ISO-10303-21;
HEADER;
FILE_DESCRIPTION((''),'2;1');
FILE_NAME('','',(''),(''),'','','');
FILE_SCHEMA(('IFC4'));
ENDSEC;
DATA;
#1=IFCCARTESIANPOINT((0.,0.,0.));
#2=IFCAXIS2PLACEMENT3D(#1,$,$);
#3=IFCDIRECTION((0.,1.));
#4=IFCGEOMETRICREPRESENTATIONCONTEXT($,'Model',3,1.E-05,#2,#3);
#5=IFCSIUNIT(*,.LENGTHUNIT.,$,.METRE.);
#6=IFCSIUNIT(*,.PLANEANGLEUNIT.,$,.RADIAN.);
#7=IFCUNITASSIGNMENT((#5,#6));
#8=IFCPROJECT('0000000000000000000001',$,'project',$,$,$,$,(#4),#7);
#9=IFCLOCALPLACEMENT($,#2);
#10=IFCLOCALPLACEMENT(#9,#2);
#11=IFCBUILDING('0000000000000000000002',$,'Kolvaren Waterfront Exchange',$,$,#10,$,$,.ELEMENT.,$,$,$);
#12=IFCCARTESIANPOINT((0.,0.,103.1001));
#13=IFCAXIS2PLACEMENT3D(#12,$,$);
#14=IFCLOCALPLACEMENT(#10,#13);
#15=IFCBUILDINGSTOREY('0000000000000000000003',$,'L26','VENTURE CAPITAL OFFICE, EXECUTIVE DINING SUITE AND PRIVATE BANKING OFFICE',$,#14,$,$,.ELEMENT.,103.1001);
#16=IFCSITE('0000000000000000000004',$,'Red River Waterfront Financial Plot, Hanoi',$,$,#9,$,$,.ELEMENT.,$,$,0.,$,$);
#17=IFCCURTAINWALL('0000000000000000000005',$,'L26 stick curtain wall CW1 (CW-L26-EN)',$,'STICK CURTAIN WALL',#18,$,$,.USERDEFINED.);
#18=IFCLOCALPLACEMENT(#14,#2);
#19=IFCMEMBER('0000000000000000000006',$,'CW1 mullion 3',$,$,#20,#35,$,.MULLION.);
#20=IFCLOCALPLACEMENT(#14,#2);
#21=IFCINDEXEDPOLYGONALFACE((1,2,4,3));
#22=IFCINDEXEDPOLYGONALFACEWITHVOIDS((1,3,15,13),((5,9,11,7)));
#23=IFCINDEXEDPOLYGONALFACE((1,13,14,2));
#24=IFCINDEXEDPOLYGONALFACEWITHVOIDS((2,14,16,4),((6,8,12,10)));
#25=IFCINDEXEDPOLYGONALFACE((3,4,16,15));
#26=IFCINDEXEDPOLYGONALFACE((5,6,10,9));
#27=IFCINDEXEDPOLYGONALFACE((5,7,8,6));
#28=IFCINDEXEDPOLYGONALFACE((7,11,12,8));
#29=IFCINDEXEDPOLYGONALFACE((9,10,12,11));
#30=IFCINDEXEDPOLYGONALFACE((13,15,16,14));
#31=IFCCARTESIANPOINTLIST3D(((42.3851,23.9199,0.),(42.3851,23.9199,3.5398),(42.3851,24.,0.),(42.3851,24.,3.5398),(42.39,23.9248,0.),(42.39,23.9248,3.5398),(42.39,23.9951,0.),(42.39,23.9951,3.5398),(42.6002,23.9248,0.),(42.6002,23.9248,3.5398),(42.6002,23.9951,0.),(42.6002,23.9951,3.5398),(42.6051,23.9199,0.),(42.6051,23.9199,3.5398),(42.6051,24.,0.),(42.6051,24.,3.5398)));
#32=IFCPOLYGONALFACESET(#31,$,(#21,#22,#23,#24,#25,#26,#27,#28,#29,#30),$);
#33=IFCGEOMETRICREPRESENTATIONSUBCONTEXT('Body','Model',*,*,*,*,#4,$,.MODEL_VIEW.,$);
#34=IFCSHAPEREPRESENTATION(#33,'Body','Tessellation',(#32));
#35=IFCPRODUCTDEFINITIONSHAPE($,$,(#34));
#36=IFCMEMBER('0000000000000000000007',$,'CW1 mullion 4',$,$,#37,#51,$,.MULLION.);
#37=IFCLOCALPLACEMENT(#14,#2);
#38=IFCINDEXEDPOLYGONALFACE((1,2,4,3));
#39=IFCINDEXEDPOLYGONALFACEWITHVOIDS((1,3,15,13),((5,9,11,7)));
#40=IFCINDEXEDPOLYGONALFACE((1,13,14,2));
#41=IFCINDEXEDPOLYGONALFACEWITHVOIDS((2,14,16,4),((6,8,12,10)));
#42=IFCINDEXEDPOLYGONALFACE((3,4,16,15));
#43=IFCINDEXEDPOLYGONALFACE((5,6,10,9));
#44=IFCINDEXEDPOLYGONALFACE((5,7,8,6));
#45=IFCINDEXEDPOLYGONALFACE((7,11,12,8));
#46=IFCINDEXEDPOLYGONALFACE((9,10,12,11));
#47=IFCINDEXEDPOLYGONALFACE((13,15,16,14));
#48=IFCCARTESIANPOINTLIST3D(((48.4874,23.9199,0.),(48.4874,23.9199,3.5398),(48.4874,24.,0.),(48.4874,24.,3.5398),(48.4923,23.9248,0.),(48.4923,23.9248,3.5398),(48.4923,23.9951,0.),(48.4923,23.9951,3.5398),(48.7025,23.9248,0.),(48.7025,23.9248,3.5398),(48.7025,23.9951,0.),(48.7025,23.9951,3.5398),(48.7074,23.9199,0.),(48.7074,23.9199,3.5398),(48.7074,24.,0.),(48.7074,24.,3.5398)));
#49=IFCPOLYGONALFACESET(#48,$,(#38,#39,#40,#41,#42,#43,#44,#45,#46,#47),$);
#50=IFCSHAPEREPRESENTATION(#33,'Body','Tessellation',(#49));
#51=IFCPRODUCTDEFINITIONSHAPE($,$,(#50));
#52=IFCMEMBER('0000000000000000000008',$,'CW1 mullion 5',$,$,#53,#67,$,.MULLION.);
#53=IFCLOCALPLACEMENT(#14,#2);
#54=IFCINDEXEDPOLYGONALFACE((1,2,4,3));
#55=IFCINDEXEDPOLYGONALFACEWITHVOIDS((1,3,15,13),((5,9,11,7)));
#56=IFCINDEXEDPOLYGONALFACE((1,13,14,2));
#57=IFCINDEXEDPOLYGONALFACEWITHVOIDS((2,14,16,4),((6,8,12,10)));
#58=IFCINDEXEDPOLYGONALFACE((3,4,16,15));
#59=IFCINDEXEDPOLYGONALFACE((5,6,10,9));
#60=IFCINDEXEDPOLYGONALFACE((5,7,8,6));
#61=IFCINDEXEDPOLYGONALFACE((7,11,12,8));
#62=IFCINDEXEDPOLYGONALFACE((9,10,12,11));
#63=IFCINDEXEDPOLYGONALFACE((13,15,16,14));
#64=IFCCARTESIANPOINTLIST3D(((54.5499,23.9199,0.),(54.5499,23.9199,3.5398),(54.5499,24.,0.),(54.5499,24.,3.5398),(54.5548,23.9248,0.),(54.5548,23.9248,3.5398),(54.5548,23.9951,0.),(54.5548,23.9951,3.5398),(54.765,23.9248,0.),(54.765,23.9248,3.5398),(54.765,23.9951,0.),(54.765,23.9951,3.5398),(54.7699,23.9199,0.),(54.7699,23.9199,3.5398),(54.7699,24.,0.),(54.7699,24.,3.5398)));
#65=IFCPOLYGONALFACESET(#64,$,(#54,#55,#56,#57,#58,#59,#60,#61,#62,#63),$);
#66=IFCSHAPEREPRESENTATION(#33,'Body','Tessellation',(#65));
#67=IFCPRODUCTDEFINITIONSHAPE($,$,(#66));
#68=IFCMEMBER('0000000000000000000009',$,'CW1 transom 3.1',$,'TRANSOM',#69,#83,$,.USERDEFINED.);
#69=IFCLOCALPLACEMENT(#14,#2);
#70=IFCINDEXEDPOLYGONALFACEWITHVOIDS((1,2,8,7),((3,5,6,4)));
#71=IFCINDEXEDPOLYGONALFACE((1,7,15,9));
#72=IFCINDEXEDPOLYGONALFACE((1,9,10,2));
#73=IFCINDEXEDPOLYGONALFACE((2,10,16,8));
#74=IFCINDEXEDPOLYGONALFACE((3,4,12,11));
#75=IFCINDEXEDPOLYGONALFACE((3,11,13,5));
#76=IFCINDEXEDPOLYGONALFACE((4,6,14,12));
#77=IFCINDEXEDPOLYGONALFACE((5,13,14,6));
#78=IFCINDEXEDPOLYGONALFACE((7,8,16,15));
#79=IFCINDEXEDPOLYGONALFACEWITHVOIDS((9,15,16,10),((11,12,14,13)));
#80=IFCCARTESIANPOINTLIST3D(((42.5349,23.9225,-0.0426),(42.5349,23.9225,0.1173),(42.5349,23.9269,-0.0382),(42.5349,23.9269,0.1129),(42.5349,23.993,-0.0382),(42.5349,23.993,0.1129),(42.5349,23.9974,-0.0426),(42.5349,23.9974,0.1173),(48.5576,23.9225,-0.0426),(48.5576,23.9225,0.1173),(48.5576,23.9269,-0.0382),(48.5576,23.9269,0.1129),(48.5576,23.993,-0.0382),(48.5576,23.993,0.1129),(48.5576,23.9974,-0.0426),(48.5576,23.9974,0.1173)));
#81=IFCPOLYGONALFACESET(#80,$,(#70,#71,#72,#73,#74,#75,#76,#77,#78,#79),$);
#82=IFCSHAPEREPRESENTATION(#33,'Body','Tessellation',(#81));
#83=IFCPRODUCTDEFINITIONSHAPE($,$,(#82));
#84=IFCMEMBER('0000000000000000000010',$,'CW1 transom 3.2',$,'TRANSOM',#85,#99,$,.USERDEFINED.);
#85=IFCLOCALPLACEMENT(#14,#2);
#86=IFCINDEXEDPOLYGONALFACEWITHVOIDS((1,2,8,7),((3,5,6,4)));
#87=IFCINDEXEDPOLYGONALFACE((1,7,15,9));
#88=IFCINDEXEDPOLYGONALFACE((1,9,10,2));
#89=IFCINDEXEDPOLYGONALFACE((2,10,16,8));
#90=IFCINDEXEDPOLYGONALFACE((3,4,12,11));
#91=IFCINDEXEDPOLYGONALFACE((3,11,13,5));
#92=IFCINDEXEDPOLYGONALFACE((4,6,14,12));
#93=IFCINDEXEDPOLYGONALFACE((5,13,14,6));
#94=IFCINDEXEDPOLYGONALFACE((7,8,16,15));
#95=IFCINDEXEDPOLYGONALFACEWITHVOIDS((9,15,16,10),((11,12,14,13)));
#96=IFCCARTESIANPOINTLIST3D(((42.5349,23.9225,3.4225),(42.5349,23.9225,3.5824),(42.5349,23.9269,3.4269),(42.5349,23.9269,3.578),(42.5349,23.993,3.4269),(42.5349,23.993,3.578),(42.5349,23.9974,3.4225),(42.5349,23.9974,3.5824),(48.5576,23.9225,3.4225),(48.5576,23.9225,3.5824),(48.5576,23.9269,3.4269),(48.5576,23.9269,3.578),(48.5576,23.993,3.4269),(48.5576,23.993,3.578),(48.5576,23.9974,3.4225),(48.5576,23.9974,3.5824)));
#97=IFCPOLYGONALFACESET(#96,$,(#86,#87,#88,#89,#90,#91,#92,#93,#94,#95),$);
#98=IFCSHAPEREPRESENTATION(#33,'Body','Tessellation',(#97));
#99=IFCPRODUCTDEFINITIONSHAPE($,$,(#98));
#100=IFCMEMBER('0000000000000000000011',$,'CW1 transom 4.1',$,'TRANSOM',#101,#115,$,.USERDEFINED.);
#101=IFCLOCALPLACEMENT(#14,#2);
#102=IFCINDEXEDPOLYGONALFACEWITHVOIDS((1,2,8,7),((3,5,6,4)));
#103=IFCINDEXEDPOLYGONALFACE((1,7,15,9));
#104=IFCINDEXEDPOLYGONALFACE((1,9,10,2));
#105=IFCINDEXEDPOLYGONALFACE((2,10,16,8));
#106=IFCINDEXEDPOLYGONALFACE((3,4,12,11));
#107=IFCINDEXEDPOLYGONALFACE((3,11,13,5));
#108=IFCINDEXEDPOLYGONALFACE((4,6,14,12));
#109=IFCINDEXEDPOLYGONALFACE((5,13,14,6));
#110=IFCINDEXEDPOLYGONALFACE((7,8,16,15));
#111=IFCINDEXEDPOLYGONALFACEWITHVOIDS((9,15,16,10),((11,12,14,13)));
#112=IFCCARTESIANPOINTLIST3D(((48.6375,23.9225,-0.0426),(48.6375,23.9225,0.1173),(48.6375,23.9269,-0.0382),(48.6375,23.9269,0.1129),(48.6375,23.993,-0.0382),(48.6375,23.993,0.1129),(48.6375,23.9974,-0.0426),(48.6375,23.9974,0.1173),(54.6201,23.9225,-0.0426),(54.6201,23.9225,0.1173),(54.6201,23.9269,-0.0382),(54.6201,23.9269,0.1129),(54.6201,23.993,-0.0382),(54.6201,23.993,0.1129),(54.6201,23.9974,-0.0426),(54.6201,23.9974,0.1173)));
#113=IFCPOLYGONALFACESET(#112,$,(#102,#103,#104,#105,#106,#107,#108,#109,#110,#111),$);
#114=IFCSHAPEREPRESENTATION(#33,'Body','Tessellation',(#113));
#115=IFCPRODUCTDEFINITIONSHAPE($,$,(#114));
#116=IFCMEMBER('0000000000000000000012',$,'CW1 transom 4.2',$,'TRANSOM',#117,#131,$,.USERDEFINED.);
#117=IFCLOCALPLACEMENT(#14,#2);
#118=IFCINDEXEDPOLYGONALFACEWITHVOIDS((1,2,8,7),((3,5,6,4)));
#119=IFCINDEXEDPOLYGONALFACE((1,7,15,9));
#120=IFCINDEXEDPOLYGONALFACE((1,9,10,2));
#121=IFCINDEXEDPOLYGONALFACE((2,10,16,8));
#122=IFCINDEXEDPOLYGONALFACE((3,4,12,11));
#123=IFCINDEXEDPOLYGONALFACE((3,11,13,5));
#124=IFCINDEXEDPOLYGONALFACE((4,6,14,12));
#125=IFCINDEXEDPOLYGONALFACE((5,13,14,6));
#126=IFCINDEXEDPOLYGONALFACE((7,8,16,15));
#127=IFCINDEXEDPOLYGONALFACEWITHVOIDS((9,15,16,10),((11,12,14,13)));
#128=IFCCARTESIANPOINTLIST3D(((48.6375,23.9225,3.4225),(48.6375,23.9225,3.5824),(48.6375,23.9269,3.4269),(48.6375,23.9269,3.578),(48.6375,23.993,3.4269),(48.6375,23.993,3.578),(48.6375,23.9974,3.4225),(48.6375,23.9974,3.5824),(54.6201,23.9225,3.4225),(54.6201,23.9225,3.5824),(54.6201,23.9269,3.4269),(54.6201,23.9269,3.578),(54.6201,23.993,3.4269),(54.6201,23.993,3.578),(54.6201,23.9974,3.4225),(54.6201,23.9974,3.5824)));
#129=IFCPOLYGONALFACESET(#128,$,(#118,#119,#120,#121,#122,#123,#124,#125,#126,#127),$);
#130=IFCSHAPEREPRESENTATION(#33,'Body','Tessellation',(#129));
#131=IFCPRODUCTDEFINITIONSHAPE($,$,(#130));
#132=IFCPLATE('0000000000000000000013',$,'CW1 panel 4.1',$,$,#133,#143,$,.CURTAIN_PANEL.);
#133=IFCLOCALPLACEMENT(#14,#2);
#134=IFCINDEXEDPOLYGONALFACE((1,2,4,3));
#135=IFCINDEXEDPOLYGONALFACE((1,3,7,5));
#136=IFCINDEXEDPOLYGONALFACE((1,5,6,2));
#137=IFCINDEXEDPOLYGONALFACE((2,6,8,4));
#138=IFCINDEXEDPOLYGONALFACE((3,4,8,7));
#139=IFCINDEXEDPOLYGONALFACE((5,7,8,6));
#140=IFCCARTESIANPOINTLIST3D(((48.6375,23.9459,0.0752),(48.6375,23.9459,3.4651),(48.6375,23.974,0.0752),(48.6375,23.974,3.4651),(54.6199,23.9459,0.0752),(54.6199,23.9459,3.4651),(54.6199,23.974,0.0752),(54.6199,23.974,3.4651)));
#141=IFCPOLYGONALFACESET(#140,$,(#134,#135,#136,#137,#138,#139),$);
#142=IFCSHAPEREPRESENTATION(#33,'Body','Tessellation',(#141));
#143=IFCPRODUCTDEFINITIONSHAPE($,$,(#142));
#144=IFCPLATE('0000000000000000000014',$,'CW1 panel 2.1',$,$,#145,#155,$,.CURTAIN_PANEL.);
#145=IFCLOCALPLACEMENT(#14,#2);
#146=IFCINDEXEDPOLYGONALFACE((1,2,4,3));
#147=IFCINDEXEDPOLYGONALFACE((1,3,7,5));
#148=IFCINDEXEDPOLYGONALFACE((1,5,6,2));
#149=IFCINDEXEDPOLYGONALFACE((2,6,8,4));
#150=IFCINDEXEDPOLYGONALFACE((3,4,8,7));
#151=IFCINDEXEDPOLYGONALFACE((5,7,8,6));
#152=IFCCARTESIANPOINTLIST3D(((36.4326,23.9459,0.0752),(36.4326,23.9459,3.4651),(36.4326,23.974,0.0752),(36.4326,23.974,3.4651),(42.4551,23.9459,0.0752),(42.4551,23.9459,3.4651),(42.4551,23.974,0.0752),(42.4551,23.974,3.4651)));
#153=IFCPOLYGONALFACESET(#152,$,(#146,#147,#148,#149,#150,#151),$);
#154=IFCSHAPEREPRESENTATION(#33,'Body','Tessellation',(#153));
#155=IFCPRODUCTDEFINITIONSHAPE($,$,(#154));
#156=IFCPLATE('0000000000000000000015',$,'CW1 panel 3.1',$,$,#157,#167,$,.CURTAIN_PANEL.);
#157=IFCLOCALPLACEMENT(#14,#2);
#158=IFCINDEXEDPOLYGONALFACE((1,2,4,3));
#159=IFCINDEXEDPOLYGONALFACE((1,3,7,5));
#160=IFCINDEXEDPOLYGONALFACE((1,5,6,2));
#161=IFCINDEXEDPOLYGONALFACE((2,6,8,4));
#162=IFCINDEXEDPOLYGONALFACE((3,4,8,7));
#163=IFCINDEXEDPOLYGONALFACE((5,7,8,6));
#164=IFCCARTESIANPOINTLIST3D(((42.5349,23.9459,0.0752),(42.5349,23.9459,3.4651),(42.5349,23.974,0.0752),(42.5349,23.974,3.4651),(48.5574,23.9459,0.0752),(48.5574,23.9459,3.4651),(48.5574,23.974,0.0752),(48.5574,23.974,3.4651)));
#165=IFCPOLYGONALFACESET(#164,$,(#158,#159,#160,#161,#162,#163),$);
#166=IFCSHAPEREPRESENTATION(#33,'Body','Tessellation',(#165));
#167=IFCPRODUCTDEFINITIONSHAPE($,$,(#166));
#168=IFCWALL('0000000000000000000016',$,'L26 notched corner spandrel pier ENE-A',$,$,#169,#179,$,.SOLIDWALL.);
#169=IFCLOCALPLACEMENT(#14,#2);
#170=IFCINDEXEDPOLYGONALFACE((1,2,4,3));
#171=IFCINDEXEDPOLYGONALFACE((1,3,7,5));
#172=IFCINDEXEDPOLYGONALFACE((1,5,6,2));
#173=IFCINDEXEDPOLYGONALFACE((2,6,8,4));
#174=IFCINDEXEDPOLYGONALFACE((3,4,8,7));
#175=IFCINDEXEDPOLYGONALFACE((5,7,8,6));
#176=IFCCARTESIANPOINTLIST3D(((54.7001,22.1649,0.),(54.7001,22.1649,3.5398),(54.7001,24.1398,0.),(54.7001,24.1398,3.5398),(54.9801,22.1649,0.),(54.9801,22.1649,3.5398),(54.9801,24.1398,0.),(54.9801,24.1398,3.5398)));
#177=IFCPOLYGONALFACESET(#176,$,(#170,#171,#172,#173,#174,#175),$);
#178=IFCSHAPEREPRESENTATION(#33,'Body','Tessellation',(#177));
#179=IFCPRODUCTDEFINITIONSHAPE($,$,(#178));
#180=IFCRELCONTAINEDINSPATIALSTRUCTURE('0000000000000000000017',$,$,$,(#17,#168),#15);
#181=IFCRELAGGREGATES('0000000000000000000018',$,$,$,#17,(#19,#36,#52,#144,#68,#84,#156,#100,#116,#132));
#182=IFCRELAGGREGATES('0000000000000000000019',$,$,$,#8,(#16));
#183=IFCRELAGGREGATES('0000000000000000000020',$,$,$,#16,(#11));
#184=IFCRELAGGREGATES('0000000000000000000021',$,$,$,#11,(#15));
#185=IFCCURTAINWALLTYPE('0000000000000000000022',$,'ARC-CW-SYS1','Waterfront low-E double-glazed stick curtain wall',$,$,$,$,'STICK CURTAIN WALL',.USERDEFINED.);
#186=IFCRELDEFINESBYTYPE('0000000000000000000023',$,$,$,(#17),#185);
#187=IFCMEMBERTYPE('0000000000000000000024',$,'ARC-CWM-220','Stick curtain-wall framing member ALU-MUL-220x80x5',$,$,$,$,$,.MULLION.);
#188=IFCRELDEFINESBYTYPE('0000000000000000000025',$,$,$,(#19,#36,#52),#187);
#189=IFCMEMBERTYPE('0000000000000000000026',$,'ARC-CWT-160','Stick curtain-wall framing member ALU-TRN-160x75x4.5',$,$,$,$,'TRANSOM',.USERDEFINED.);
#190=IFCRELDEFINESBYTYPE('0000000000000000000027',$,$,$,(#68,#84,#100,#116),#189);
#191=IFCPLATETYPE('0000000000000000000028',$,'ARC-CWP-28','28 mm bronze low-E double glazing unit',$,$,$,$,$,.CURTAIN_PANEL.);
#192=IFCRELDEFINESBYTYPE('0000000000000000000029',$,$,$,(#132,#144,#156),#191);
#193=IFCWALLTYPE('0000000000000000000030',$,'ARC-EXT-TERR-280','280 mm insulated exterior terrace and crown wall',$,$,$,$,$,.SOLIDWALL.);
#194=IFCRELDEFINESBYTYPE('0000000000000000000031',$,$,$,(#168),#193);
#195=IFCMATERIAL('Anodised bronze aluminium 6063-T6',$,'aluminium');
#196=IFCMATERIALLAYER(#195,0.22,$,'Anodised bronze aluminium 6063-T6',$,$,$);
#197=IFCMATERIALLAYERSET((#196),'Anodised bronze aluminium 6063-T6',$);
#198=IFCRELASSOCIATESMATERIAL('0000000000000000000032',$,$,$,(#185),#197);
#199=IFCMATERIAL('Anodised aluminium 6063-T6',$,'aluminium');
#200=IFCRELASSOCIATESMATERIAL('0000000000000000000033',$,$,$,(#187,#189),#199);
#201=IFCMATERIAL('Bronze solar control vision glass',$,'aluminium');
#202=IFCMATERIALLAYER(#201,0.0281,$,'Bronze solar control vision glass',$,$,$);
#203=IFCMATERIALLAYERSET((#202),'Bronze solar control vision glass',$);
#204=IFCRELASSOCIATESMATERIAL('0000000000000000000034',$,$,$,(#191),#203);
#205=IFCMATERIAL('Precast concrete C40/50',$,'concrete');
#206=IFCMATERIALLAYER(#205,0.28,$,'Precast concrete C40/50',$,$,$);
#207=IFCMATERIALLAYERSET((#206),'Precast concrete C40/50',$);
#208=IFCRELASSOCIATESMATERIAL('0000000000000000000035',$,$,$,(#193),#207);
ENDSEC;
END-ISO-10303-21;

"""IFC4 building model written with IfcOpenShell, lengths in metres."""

from ifc_helpers import new_model, si_unit, direction, frame, frame_2d, origin, origin_with_axes, origin_2d, place, context, subcontext, project, spatial, rectangle, hollow_rectangle, extrude, source, transform, mapped, material, layer, layer_set, material_profile, profile_set, type_object, element, aggregate, save


model = new_model("IFC4")

# Units and contexts
model_context = context("Model", 3, precision=1e-05, world=origin(), true_north=direction((0.0, 1.0)))
body_context = subcontext(model_context, "Body", "Model", "MODEL_VIEW")
ifc_project = project(units=[si_unit("LENGTHUNIT", "METRE"), si_unit("PLANEANGLEUNIT", "RADIAN")], contexts=[model_context])

# Site, building, storey
site_placement = place(None, origin())
site = spatial("IfcSite", under=ifc_project, at=site_placement, Name="Red River Waterfront Financial Plot, Hanoi", CompositionType="ELEMENT", RefElevation=0.0)
building_placement = place(site_placement, origin())
building = spatial("IfcBuilding", under=site, at=building_placement, Name="Kolvaren Waterfront Exchange", CompositionType="ELEMENT")
storey_placement = place(building_placement, frame((0.0, 0.0, 103.1001)))
storey = spatial("IfcBuildingStorey", under=building, at=storey_placement, Name="L26", Description="VENTURE CAPITAL OFFICE, EXECUTIVE DINING SUITE AND PRIVATE BANKING OFFICE", CompositionType="ELEMENT", Elevation=103.1001)

# Curtain wall, members, plates
ifc_material_1 = material(Name="Anodised bronze aluminium 6063-T6", Category="aluminium")
ifc_layer_1 = layer(ifc_material_1, 0.22, Name="Anodised bronze aluminium 6063-T6")
ifc_layer_set_1 = layer_set([ifc_layer_1], Name="Anodised bronze aluminium 6063-T6")
curtain_wall_type = type_object("IfcCurtainWallType", Name="ARC-CW-SYS1", Description="Waterfront low-E double-glazed stick curtain wall", ElementType="STICK CURTAIN WALL", PredefinedType="USERDEFINED", material=ifc_layer_set_1)
curtain_wall_placement = place(storey_placement, origin())
curtain_wall = element("IfcCurtainWall", 1, at=curtain_wall_placement, inside=storey, type_object=curtain_wall_type, Name="L26 stick curtain wall CW1 (CW-L26-EN)", ObjectType="STICK CURTAIN WALL", PredefinedType="USERDEFINED")
ifc_material_2 = material(Name="Anodised aluminium 6063-T6", Category="aluminium")
ifc_material_profile_1 = material_profile(ifc_material_2, hollow_rectangle(XDim=0.0801, YDim=0.22, WallThickness=0.0049, at=origin_2d()), Name="ALU-MUL-220x80x5")
ifc_profile_set_1 = profile_set([ifc_material_profile_1], Name="Anodised aluminium 6063-T6")
member_type_1 = type_object("IfcMemberType", Name="ARC-CWM-220", Description="Stick curtain-wall framing member ALU-MUL-220x80x5", PredefinedType="MULLION", material=ifc_profile_set_1)
shared_shape_1 = source(origin_with_axes(), body_context, "Body", "SweptSolid", [
    extrude(hollow_rectangle(XDim=0.0801, YDim=0.22, WallThickness=0.0049, at=origin_2d()), origin(), (0.0, 0.0, 1.0), 3.5398),
])
member_1_placement = place(storey_placement, frame((42.4951, 23.96, 0.0), z_axis=(0.0, 0.0, 1.0), x_axis=(0.0, 1.0, 0.0)))
member_1 = element("IfcMember", 2, at=member_1_placement, type_object=member_type_1, Name="CW1 mullion 3", PredefinedType="MULLION", context=body_context, shape_type="MappedRepresentation", body=[
    mapped(shared_shape_1, transform((0.0, 0.0, 0.0), x_axis=(1.0, 0.0, 0.0), y_axis=(0.0, 1.0, 0.0), z_axis=(0.0, 0.0, 1.0), scale=1.0)),
])
member_2_placement = place(storey_placement, frame((48.5974, 23.96, 0.0), z_axis=(0.0, 0.0, 1.0), x_axis=(0.0, 1.0, 0.0)))
member_2 = element("IfcMember", 3, at=member_2_placement, type_object=member_type_1, Name="CW1 mullion 4", PredefinedType="MULLION", context=body_context, shape_type="MappedRepresentation", body=[
    mapped(shared_shape_1, transform((0.0, 0.0, 0.0), x_axis=(1.0, 0.0, 0.0), y_axis=(0.0, 1.0, 0.0), z_axis=(0.0, 0.0, 1.0), scale=1.0)),
])
member_3_placement = place(storey_placement, frame((54.6599, 23.96, 0.0), z_axis=(0.0, 0.0, 1.0), x_axis=(0.0, 1.0, 0.0)))
member_3 = element("IfcMember", 4, at=member_3_placement, type_object=member_type_1, Name="CW1 mullion 5", PredefinedType="MULLION", context=body_context, shape_type="MappedRepresentation", body=[
    mapped(shared_shape_1, transform((0.0, 0.0, 0.0), x_axis=(1.0, 0.0, 0.0), y_axis=(0.0, 1.0, 0.0), z_axis=(0.0, 0.0, 1.0), scale=1.0)),
])
ifc_material_profile_2 = material_profile(ifc_material_2, hollow_rectangle(XDim=0.075, YDim=0.1599, WallThickness=0.0044, at=origin_2d()), Name="ALU-TRN-160x75x4.5")
ifc_profile_set_2 = profile_set([ifc_material_profile_2], Name="Anodised aluminium 6063-T6")
member_type_2 = type_object("IfcMemberType", Name="ARC-CWT-160", Description="Stick curtain-wall framing member ALU-TRN-160x75x4.5", ElementType="TRANSOM", PredefinedType="USERDEFINED", material=ifc_profile_set_2)
shared_shape_2 = source(origin_with_axes(), body_context, "Body", "SweptSolid", [
    extrude(hollow_rectangle(XDim=0.075, YDim=0.1599, WallThickness=0.0044, at=origin_2d()), origin(), (0.0, 0.0, 1.0), 6.0227),
])
member_4_placement = place(storey_placement, frame((42.5349, 23.96, 0.0374), z_axis=(1.0, 0.0, 0.0), x_axis=(0.0, 1.0, 0.0)))
member_4 = element("IfcMember", 5, at=member_4_placement, type_object=member_type_2, Name="CW1 transom 3.1", ObjectType="TRANSOM", PredefinedType="USERDEFINED", context=body_context, shape_type="MappedRepresentation", body=[
    mapped(shared_shape_2, transform((0.0, 0.0, 0.0), x_axis=(1.0, 0.0, 0.0), y_axis=(0.0, 1.0, 0.0), z_axis=(0.0, 0.0, 1.0), scale=1.0)),
])
member_5_placement = place(storey_placement, frame((42.5349, 23.96, 3.5024), z_axis=(1.0, 0.0, 0.0), x_axis=(0.0, 1.0, 0.0)))
member_5 = element("IfcMember", 6, at=member_5_placement, type_object=member_type_2, Name="CW1 transom 3.2", ObjectType="TRANSOM", PredefinedType="USERDEFINED", context=body_context, shape_type="MappedRepresentation", body=[
    mapped(shared_shape_2, transform((0.0, 0.0, 0.0), x_axis=(1.0, 0.0, 0.0), y_axis=(0.0, 1.0, 0.0), z_axis=(0.0, 0.0, 1.0), scale=1.0)),
])
shared_shape_3 = source(origin_with_axes(), body_context, "Body", "SweptSolid", [
    extrude(hollow_rectangle(XDim=0.075, YDim=0.1599, WallThickness=0.0044, at=origin_2d()), origin(), (0.0, 0.0, 1.0), 5.9827),
])
member_6_placement = place(storey_placement, frame((48.6375, 23.96, 0.0374), z_axis=(1.0, 0.0, 0.0), x_axis=(0.0, 1.0, 0.0)))
member_6 = element("IfcMember", 7, at=member_6_placement, type_object=member_type_2, Name="CW1 transom 4.1", ObjectType="TRANSOM", PredefinedType="USERDEFINED", context=body_context, shape_type="MappedRepresentation", body=[
    mapped(shared_shape_3, transform((0.0, 0.0, 0.0), x_axis=(1.0, 0.0, 0.0), y_axis=(0.0, 1.0, 0.0), z_axis=(0.0, 0.0, 1.0), scale=1.0)),
])
member_7_placement = place(storey_placement, frame((48.6375, 23.96, 3.5024), z_axis=(1.0, 0.0, 0.0), x_axis=(0.0, 1.0, 0.0)))
member_7 = element("IfcMember", 8, at=member_7_placement, type_object=member_type_2, Name="CW1 transom 4.2", ObjectType="TRANSOM", PredefinedType="USERDEFINED", context=body_context, shape_type="MappedRepresentation", body=[
    mapped(shared_shape_3, transform((0.0, 0.0, 0.0), x_axis=(1.0, 0.0, 0.0), y_axis=(0.0, 1.0, 0.0), z_axis=(0.0, 0.0, 1.0), scale=1.0)),
])
ifc_material_3 = material(Name="Bronze solar control vision glass", Category="aluminium")
ifc_layer_2 = layer(ifc_material_3, 0.0281, Name="Bronze solar control vision glass")
ifc_layer_set_2 = layer_set([ifc_layer_2], Name="Bronze solar control vision glass")
plate_type = type_object("IfcPlateType", Name="ARC-CWP-28", Description="28 mm bronze low-E double glazing unit", PredefinedType="CURTAIN_PANEL", material=ifc_layer_set_2)
shared_shape_4 = source(origin_with_axes(), body_context, "Body", "SweptSolid", [
    extrude(rectangle(XDim=5.9824, YDim=0.0281, at=origin_2d()), origin(), (0.0, 0.0, 1.0), 3.3899),
])
plate_1_placement = place(storey_placement, frame((51.6287, 23.96, 0.0752), z_axis=(0.0, 0.0, 1.0), x_axis=(1.0, 0.0, 0.0)))
plate_1 = element("IfcPlate", 9, at=plate_1_placement, type_object=plate_type, Name="CW1 panel 4.1", PredefinedType="CURTAIN_PANEL", context=body_context, shape_type="MappedRepresentation", body=[
    mapped(shared_shape_4, transform((0.0, 0.0, 0.0), x_axis=(1.0, 0.0, 0.0), y_axis=(0.0, 1.0, 0.0), z_axis=(0.0, 0.0, 1.0), scale=1.0)),
])
shared_shape_5 = source(origin_with_axes(), body_context, "Body", "SweptSolid", [
    extrude(rectangle(XDim=6.0225, YDim=0.0281, at=origin_2d()), origin(), (0.0, 0.0, 1.0), 3.3899),
])
plate_2_placement = place(storey_placement, frame((39.4438, 23.96, 0.0752), z_axis=(0.0, 0.0, 1.0), x_axis=(1.0, 0.0, 0.0)))
plate_2 = element("IfcPlate", 10, at=plate_2_placement, type_object=plate_type, Name="CW1 panel 2.1", PredefinedType="CURTAIN_PANEL", context=body_context, shape_type="MappedRepresentation", body=[
    mapped(shared_shape_5, transform((0.0, 0.0, 0.0), x_axis=(1.0, 0.0, 0.0), y_axis=(0.0, 1.0, 0.0), z_axis=(0.0, 0.0, 1.0), scale=1.0)),
])
plate_3_placement = place(storey_placement, frame((45.5461, 23.96, 0.0752), z_axis=(0.0, 0.0, 1.0), x_axis=(1.0, 0.0, 0.0)))
plate_3 = element("IfcPlate", 11, at=plate_3_placement, type_object=plate_type, Name="CW1 panel 3.1", PredefinedType="CURTAIN_PANEL", context=body_context, shape_type="MappedRepresentation", body=[
    mapped(shared_shape_5, transform((0.0, 0.0, 0.0), x_axis=(1.0, 0.0, 0.0), y_axis=(0.0, 1.0, 0.0), z_axis=(0.0, 0.0, 1.0), scale=1.0)),
])
aggregate(curtain_wall, [member_1, member_2, member_3, plate_2, member_4, member_5, plate_3, member_6, member_7, plate_1])

# Wall
ifc_material_4 = material(Name="Precast concrete C40/50", Category="concrete")
ifc_layer_3 = layer(ifc_material_4, 0.28, Name="Precast concrete C40/50")
ifc_layer_set_3 = layer_set([ifc_layer_3], Name="Precast concrete C40/50")
wall_type_1 = type_object("IfcWallType", Name="ARC-EXT-TERR-280", Description="280 mm insulated exterior terrace and crown wall", PredefinedType="SOLIDWALL", material=ifc_layer_set_3)
wall_1_placement = place(storey_placement, frame((54.8401, 22.165, 0.0), z_axis=(0.0, 0.0, 1.0), x_axis=(0.0, 1.0, 0.0)))
element("IfcWall", 12, at=wall_1_placement, inside=storey, type_object=wall_type_1, Name="L26 notched corner spandrel pier ENE-A", PredefinedType="SOLIDWALL", context=body_context, shape_type="SweptSolid", body=[
    extrude(rectangle(XDim=1.9749, YDim=0.28, at=frame_2d((0.9873, 0.0))), origin(), (0.0, 0.0, 1.0), 3.5398),
])

save(model, "model.ifc")
